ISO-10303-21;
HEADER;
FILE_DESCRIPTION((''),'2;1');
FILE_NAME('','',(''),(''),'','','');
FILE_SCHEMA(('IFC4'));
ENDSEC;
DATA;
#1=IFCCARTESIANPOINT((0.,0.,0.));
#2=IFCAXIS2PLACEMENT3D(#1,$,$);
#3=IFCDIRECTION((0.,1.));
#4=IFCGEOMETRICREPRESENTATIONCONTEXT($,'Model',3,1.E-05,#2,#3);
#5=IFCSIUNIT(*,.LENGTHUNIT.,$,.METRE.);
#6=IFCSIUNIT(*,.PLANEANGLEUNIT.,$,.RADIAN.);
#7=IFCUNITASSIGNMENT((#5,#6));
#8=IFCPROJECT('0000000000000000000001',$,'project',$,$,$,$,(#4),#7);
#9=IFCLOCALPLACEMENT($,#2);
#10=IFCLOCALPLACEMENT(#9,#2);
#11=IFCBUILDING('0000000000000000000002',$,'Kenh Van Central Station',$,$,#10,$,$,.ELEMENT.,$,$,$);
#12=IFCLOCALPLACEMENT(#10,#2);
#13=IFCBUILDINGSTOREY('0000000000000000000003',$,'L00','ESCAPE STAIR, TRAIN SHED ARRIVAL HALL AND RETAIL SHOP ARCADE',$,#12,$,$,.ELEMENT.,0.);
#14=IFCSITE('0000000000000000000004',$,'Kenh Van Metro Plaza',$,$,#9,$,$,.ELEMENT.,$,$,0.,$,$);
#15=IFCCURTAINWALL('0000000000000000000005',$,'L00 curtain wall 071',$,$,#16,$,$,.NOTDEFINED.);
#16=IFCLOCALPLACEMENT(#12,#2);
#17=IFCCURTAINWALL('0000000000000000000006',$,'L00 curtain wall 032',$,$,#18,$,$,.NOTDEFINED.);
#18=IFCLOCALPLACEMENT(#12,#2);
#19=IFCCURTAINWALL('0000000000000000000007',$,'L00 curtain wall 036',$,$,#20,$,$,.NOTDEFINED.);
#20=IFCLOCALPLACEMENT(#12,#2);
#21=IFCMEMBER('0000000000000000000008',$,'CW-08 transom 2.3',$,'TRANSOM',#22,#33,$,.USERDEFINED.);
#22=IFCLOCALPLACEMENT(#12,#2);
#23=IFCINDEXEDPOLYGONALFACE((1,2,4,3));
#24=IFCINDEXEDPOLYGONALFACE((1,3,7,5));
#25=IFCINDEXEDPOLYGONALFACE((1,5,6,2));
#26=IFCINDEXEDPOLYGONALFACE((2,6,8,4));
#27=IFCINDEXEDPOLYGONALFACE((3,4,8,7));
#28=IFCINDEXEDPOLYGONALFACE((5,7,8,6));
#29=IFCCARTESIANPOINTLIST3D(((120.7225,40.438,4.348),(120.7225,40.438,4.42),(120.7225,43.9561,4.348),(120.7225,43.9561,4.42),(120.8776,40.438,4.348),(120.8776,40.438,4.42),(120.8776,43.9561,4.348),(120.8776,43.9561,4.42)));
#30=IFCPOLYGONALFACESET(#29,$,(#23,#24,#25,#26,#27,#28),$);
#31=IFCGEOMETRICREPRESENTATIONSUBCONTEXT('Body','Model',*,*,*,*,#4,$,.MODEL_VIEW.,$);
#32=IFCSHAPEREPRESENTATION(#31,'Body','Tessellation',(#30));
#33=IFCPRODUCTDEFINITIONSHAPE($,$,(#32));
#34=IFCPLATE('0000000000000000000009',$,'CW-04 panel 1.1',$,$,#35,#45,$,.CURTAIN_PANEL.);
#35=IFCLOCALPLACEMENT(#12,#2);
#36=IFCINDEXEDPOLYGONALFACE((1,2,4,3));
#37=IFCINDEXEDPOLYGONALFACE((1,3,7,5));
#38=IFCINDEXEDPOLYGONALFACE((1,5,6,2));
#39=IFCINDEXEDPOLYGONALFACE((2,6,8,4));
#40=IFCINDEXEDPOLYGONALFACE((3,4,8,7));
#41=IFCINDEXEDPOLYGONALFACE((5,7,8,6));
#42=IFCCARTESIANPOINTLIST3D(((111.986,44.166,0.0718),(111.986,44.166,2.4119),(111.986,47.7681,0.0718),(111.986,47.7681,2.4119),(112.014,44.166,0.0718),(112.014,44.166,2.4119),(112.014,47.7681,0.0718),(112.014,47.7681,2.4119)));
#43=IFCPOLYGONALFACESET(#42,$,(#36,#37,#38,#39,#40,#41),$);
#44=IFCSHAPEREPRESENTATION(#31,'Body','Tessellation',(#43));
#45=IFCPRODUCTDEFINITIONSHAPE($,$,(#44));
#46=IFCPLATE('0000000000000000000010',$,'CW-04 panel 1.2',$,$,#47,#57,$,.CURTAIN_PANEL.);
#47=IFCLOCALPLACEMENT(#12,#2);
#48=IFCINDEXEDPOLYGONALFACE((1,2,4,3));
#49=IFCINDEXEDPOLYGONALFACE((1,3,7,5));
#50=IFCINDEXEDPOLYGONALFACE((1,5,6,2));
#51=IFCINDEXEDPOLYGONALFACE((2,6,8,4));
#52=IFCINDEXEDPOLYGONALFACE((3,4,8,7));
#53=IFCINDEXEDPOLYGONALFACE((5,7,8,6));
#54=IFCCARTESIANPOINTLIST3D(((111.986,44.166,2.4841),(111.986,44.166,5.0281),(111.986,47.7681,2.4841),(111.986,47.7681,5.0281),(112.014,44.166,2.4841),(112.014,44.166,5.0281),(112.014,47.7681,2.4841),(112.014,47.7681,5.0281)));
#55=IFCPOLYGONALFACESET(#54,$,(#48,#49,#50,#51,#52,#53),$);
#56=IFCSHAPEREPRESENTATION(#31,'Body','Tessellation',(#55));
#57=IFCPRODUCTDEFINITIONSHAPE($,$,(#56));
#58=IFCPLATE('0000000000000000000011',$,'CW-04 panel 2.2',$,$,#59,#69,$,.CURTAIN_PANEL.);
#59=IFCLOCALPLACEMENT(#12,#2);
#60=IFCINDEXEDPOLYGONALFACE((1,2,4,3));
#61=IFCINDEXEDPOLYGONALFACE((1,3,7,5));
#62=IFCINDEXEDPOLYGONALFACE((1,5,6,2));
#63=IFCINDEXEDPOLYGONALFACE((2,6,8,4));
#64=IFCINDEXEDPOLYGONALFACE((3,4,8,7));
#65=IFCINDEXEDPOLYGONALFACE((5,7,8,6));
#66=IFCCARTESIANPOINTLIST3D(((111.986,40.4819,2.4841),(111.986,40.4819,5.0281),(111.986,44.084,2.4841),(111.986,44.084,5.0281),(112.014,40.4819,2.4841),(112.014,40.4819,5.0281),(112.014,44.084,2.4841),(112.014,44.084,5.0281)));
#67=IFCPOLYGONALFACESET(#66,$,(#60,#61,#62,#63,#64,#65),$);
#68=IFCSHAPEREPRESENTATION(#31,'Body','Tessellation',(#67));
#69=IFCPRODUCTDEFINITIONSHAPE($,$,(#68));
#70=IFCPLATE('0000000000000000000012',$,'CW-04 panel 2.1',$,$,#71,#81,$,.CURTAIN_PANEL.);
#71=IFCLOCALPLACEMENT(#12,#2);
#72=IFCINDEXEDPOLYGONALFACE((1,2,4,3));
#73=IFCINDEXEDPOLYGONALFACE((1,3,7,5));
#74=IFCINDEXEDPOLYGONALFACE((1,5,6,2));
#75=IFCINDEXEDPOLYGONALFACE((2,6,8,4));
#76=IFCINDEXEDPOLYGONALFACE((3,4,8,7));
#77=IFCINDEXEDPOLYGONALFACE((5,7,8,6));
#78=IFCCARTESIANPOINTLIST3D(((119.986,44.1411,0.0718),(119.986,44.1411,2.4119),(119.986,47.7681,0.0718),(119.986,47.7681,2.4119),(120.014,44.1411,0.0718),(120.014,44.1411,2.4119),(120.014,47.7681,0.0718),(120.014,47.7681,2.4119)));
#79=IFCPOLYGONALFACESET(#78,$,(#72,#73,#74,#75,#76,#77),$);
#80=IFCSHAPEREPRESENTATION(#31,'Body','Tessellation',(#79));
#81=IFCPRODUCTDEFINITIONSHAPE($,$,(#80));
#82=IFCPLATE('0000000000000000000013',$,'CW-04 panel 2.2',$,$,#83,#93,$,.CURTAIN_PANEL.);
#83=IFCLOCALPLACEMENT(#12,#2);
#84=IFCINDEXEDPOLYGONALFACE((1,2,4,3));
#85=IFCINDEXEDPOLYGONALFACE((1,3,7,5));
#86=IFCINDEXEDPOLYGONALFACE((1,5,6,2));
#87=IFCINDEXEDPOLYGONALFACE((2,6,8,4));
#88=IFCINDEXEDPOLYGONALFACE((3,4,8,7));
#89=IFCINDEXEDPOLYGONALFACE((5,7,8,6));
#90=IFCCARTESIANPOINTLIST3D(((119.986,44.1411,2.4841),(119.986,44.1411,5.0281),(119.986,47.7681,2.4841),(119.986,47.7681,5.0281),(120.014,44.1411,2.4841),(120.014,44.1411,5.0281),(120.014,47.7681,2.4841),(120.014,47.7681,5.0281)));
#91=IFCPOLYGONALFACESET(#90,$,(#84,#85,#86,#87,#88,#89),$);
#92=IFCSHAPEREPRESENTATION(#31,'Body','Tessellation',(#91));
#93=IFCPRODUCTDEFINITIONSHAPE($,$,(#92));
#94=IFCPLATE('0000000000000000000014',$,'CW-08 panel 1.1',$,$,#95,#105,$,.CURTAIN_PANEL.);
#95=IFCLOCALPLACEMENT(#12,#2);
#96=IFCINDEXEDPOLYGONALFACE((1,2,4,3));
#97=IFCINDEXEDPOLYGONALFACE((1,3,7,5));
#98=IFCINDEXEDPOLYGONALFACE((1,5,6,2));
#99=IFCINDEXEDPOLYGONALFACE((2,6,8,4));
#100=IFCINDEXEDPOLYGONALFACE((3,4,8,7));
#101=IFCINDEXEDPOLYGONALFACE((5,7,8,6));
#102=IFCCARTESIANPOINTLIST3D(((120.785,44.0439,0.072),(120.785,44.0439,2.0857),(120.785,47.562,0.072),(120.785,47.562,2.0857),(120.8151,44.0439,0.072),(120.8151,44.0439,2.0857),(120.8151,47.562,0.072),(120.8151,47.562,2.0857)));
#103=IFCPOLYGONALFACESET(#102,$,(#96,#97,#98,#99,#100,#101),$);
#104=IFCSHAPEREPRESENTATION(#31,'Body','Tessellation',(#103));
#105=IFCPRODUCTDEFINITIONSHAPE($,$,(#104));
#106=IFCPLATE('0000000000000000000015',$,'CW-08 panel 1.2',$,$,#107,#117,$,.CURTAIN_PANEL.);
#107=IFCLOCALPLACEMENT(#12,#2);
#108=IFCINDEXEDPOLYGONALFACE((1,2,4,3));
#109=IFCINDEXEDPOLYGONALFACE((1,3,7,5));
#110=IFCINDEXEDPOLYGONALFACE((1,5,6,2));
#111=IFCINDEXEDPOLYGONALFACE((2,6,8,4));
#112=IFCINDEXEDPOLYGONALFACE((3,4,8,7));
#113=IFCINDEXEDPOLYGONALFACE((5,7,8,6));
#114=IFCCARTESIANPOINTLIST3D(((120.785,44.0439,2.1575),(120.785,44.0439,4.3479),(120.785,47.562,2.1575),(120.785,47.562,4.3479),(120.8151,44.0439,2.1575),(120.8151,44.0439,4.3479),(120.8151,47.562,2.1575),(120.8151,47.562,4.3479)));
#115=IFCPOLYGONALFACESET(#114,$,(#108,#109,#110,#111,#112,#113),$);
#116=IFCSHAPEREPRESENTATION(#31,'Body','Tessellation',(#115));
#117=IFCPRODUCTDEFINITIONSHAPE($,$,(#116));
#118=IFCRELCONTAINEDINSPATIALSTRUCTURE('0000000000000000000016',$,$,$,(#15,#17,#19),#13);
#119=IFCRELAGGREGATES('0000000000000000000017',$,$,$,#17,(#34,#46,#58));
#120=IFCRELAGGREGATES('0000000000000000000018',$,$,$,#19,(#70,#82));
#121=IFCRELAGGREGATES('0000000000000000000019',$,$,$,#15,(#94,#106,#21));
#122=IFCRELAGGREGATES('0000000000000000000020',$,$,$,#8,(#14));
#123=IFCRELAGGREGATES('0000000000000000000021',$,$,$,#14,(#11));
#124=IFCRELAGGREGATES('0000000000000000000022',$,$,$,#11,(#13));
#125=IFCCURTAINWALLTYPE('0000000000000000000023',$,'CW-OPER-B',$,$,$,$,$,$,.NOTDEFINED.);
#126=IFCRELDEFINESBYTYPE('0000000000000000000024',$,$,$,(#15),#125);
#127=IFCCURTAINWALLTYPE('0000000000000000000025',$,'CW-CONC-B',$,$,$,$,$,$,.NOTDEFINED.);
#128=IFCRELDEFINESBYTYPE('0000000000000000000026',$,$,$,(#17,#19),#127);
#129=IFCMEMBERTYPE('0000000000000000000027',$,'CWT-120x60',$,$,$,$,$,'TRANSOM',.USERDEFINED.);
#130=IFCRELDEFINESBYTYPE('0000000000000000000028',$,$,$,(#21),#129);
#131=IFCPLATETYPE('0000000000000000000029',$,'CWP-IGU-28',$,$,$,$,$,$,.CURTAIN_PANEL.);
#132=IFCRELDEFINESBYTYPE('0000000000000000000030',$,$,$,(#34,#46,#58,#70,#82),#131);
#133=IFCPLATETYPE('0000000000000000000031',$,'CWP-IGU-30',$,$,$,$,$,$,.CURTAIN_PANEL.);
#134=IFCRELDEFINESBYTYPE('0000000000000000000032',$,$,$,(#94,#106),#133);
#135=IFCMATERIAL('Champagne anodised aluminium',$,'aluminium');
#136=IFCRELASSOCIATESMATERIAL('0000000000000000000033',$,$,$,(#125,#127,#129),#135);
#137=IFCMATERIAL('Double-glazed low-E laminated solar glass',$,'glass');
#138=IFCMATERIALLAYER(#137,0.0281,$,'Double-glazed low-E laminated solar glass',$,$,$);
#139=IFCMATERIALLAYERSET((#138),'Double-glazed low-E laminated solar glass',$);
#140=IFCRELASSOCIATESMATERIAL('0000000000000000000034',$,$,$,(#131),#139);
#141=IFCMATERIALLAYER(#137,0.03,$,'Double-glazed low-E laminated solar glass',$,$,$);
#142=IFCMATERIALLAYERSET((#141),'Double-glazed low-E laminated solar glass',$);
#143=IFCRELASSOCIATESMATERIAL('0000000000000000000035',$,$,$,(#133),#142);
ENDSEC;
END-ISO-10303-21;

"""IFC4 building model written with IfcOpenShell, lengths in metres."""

from ifc_helpers import new_model, si_unit, direction, frame, origin, origin_2d, place, context, subcontext, project, spatial, rectangle, extrude, material, layer, layer_set, material_profile, profile_set, type_object, element, aggregate, save


model = new_model("IFC4")

# Units and contexts
model_context = context("Model", 3, precision=1e-05, world=origin(), true_north=direction((0.0, 1.0)))
body_context = subcontext(model_context, "Body", "Model", "MODEL_VIEW")
ifc_project = project(units=[si_unit("LENGTHUNIT", "METRE"), si_unit("PLANEANGLEUNIT", "RADIAN")], contexts=[model_context])

# Site, building, storey
site_placement = place(None, origin())
site = spatial("IfcSite", under=ifc_project, at=site_placement, Name="Kenh Van Metro Plaza", CompositionType="ELEMENT", RefElevation=0.0)
building_placement = place(site_placement, origin())
building = spatial("IfcBuilding", under=site, at=building_placement, Name="Kenh Van Central Station", CompositionType="ELEMENT")
storey_placement = place(building_placement, origin())
storey = spatial("IfcBuildingStorey", under=building, at=storey_placement, Name="L00", Description="ESCAPE STAIR, TRAIN SHED ARRIVAL HALL AND RETAIL SHOP ARCADE", CompositionType="ELEMENT", Elevation=0.0)

# Curtain walls
ifc_material_1 = material(Name="Champagne anodised aluminium", Category="aluminium")
curtain_wall_type_1 = type_object("IfcCurtainWallType", Name="CW-OPER-B", PredefinedType="NOTDEFINED", material=ifc_material_1)
curtain_wall_1_placement = place(storey_placement, origin())
curtain_wall_1 = element("IfcCurtainWall", 1, at=curtain_wall_1_placement, inside=storey, type_object=curtain_wall_type_1, Name="L00 curtain wall 071", PredefinedType="NOTDEFINED")
curtain_wall_type_2 = type_object("IfcCurtainWallType", Name="CW-CONC-B", PredefinedType="NOTDEFINED", material=ifc_material_1)
curtain_wall_2_placement = place(storey_placement, origin())
curtain_wall_2 = element("IfcCurtainWall", 2, at=curtain_wall_2_placement, inside=storey, type_object=curtain_wall_type_2, Name="L00 curtain wall 032", PredefinedType="NOTDEFINED")
curtain_wall_3_placement = place(storey_placement, origin())
curtain_wall_3 = element("IfcCurtainWall", 3, at=curtain_wall_3_placement, inside=storey, type_object=curtain_wall_type_2, Name="L00 curtain wall 036", PredefinedType="NOTDEFINED")

# Member
ifc_material_profile_1 = material_profile(ifc_material_1, rectangle(XDim=0.155, YDim=0.072, at=origin_2d()), Name="AL 155x72")
ifc_profile_set_1 = profile_set([ifc_material_profile_1], Name="Champagne anodised aluminium")
member_type_1 = type_object("IfcMemberType", Name="CWT-120x60", ElementType="TRANSOM", PredefinedType="USERDEFINED", material=ifc_profile_set_1)
member_1_placement = place(storey_placement, frame((120.8, 43.9561, 4.384), z_axis=(0.0, -1.0, 0.0), x_axis=(1.0, 0.0, 0.0)))
member_1 = element("IfcMember", 4, at=member_1_placement, type_object=member_type_1, Name="CW-08 transom 2.3", ObjectType="TRANSOM", PredefinedType="USERDEFINED", context=body_context, shape_type="SweptSolid", body=[
    extrude(rectangle(XDim=0.155, YDim=0.072, at=origin_2d()), origin(), (0.0, 0.0, 1.0), 3.5181),
])

# Plates
ifc_material_2 = material(Name="Double-glazed low-E laminated solar glass", Category="glass")
ifc_layer_1 = layer(ifc_material_2, 0.0281, Name="Double-glazed low-E laminated solar glass")
ifc_layer_set_1 = layer_set([ifc_layer_1], Name="Double-glazed low-E laminated solar glass")
plate_type_1 = type_object("IfcPlateType", Name="CWP-IGU-28", PredefinedType="CURTAIN_PANEL", material=ifc_layer_set_1)
plate_1_placement = place(storey_placement, frame((112.0, 45.967, 0.0718), z_axis=(0.0, 0.0, 1.0), x_axis=(0.0, -1.0, 0.0)))
plate_1 = element("IfcPlate", 5, at=plate_1_placement, type_object=plate_type_1, Name="CW-04 panel 1.1", PredefinedType="CURTAIN_PANEL", context=body_context, shape_type="SweptSolid", body=[
    extrude(rectangle(XDim=3.6021, YDim=0.0281, at=origin_2d()), origin(), (0.0, 0.0, 1.0), 2.3401),
])
plate_2_placement = place(storey_placement, frame((112.0, 45.967, 2.4841), z_axis=(0.0, 0.0, 1.0), x_axis=(0.0, -1.0, 0.0)))
plate_2 = element("IfcPlate", 6, at=plate_2_placement, type_object=plate_type_1, Name="CW-04 panel 1.2", PredefinedType="CURTAIN_PANEL", context=body_context, shape_type="SweptSolid", body=[
    extrude(rectangle(XDim=3.6021, YDim=0.0281, at=origin_2d()), origin(), (0.0, 0.0, 1.0), 2.5439),
])
plate_3_placement = place(storey_placement, frame((112.0, 42.283, 2.4841), z_axis=(0.0, 0.0, 1.0), x_axis=(0.0, -1.0, 0.0)))
plate_3 = element("IfcPlate", 7, at=plate_3_placement, type_object=plate_type_1, Name="CW-04 panel 2.2", PredefinedType="CURTAIN_PANEL", context=body_context, shape_type="SweptSolid", body=[
    extrude(rectangle(XDim=3.6021, YDim=0.0281, at=origin_2d()), origin(), (0.0, 0.0, 1.0), 2.5439),
])
aggregate(curtain_wall_2, [plate_1, plate_2, plate_3])
plate_4_placement = place(storey_placement, frame((120.0, 45.9546, 0.0718), z_axis=(0.0, 0.0, 1.0), x_axis=(0.0, 1.0, 0.0)))
plate_4 = element("IfcPlate", 8, at=plate_4_placement, type_object=plate_type_1, Name="CW-04 panel 2.1", PredefinedType="CURTAIN_PANEL", context=body_context, shape_type="SweptSolid", body=[
    extrude(rectangle(XDim=3.627, YDim=0.0281, at=origin_2d()), origin(), (0.0, 0.0, 1.0), 2.3401),
])
plate_5_placement = place(storey_placement, frame((120.0, 45.9546, 2.4841), z_axis=(0.0, 0.0, 1.0), x_axis=(0.0, 1.0, 0.0)))
plate_5 = element("IfcPlate", 9, at=plate_5_placement, type_object=plate_type_1, Name="CW-04 panel 2.2", PredefinedType="CURTAIN_PANEL", context=body_context, shape_type="SweptSolid", body=[
    extrude(rectangle(XDim=3.627, YDim=0.0281, at=origin_2d()), origin(), (0.0, 0.0, 1.0), 2.5439),
])
aggregate(curtain_wall_3, [plate_4, plate_5])
ifc_layer_2 = layer(ifc_material_2, 0.03, Name="Double-glazed low-E laminated solar glass")
ifc_layer_set_2 = layer_set([ifc_layer_2], Name="Double-glazed low-E laminated solar glass")
plate_type_2 = type_object("IfcPlateType", Name="CWP-IGU-30", PredefinedType="CURTAIN_PANEL", material=ifc_layer_set_2)
plate_6_placement = place(storey_placement, frame((120.8, 45.803, 0.072), z_axis=(0.0, 0.0, 1.0), x_axis=(0.0, -1.0, 0.0)))
plate_6 = element("IfcPlate", 10, at=plate_6_placement, type_object=plate_type_2, Name="CW-08 panel 1.1", PredefinedType="CURTAIN_PANEL", context=body_context, shape_type="SweptSolid", body=[
    extrude(rectangle(XDim=3.5181, YDim=0.03, at=origin_2d()), origin(), (0.0, 0.0, 1.0), 2.0137),
])
plate_7_placement = place(storey_placement, frame((120.8, 45.803, 2.1575), z_axis=(0.0, 0.0, 1.0), x_axis=(0.0, -1.0, 0.0)))
plate_7 = element("IfcPlate", 11, at=plate_7_placement, type_object=plate_type_2, Name="CW-08 panel 1.2", PredefinedType="CURTAIN_PANEL", context=body_context, shape_type="SweptSolid", body=[
    extrude(rectangle(XDim=3.5181, YDim=0.03, at=origin_2d()), origin(), (0.0, 0.0, 1.0), 2.1904),
])
aggregate(curtain_wall_1, [plate_6, plate_7, member_1])

save(model, "model.ifc")
